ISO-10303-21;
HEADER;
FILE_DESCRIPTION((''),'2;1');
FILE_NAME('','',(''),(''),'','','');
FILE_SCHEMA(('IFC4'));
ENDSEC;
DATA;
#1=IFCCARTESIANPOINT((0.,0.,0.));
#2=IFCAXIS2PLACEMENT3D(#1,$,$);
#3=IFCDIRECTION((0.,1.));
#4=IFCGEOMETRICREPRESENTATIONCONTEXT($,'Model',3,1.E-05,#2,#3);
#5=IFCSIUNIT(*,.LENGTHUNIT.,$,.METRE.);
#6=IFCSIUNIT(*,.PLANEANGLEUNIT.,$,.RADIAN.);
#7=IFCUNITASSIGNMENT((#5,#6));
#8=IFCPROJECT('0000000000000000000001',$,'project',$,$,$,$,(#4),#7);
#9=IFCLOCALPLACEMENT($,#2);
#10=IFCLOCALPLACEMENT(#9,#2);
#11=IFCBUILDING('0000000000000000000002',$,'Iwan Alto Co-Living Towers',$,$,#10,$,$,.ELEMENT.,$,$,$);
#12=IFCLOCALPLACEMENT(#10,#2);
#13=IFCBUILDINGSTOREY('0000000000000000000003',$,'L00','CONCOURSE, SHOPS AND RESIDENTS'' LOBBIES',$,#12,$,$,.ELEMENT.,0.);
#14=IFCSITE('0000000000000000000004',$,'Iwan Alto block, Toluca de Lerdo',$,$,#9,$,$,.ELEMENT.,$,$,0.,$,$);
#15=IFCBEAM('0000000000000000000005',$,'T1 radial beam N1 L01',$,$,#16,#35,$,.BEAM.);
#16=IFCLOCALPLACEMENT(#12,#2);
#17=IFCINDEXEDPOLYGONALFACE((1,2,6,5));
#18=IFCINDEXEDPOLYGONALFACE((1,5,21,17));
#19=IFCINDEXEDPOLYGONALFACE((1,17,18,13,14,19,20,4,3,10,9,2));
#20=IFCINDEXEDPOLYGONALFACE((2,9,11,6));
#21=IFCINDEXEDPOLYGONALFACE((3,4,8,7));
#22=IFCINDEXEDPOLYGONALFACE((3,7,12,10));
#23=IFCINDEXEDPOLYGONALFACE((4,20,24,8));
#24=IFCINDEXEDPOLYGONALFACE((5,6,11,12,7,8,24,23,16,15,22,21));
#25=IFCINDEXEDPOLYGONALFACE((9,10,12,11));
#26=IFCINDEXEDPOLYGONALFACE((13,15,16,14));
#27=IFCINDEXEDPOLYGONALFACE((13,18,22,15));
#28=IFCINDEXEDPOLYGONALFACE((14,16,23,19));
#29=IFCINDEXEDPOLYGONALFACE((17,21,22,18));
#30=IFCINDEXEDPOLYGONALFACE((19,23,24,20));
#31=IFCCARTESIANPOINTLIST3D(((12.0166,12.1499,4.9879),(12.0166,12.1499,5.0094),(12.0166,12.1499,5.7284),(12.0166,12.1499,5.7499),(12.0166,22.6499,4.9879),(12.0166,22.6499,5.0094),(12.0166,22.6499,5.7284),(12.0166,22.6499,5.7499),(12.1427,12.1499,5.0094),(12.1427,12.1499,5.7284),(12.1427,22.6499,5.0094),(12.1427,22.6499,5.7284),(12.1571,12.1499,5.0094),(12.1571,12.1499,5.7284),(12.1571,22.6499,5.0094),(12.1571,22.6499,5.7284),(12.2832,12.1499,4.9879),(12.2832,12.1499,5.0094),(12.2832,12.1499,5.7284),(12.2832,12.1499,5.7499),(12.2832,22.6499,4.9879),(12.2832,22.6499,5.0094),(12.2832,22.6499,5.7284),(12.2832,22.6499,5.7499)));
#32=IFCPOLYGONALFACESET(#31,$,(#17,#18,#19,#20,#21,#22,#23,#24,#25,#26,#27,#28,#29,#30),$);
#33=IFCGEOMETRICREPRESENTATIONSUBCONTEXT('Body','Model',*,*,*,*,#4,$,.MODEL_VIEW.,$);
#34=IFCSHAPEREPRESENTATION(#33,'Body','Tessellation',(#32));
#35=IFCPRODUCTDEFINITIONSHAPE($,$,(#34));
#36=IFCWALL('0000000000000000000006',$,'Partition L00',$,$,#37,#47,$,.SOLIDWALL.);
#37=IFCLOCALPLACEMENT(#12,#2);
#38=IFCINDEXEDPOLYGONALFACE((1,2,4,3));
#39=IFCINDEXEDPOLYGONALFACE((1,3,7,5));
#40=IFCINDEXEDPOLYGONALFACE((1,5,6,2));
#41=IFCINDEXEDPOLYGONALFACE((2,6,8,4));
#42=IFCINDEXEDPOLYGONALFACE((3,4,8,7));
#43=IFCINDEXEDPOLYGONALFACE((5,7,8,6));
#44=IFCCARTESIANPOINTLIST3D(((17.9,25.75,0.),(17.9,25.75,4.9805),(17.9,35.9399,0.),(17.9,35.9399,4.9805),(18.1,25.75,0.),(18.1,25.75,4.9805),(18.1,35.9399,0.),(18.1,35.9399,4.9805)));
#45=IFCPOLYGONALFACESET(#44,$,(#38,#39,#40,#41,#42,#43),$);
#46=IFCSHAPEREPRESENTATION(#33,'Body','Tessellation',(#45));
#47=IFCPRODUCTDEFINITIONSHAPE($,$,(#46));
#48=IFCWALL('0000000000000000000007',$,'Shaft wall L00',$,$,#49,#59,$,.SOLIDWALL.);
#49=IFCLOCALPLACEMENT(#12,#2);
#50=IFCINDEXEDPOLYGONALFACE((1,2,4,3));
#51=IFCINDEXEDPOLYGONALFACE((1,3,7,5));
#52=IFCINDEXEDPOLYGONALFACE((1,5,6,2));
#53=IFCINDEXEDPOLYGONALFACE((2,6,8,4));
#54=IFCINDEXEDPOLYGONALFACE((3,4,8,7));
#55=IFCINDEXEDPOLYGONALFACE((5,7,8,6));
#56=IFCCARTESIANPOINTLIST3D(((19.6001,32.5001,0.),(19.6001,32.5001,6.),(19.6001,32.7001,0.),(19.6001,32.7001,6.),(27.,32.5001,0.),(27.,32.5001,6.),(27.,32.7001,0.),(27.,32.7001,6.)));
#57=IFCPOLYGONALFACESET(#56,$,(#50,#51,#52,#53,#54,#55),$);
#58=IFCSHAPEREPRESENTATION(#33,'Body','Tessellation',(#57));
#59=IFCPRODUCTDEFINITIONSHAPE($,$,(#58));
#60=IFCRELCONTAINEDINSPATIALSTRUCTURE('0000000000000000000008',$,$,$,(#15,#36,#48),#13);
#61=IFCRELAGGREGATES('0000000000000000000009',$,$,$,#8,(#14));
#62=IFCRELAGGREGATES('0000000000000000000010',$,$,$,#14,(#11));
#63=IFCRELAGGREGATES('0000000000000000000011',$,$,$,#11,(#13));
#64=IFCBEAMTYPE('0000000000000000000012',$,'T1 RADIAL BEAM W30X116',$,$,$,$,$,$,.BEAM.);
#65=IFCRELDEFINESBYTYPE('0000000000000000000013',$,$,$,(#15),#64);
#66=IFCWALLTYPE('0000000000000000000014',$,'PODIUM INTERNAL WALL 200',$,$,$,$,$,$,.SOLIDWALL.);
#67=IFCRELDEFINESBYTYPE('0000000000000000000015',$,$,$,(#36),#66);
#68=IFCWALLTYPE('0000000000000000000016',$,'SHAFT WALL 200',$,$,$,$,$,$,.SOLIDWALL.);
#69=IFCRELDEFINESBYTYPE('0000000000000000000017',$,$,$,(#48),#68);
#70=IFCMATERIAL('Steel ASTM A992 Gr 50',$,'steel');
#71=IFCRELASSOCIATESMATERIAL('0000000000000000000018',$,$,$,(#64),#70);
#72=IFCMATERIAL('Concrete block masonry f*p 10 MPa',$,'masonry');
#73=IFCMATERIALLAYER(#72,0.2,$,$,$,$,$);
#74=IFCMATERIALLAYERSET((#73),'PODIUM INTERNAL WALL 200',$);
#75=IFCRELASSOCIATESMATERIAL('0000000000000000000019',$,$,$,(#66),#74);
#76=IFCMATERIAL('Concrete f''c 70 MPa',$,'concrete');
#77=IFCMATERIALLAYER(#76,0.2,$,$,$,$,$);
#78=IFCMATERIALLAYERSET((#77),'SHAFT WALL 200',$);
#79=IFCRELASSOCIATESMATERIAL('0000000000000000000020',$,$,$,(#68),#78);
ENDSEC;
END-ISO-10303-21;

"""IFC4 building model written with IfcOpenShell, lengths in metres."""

from ifc_helpers import new_model, si_unit, direction, frame, frame_2d, origin, origin_2d, place, context, subcontext, project, spatial, rectangle, i_section, extrude, material, layer, layer_set, material_profile, profile_set, type_object, element, save


model = new_model("IFC4")

# Units and contexts
model_context = context("Model", 3, precision=1e-05, world=origin(), true_north=direction((0.0, 1.0)))
body_context = subcontext(model_context, "Body", "Model", "MODEL_VIEW")
ifc_project = project(units=[si_unit("LENGTHUNIT", "METRE"), si_unit("PLANEANGLEUNIT", "RADIAN")], contexts=[model_context])

# Site, building, storey
site_placement = place(None, origin())
site = spatial("IfcSite", under=ifc_project, at=site_placement, Name="Iwan Alto block, Toluca de Lerdo", CompositionType="ELEMENT", RefElevation=0.0)
building_placement = place(site_placement, origin())
building = spatial("IfcBuilding", under=site, at=building_placement, Name="Iwan Alto Co-Living Towers", CompositionType="ELEMENT")
storey_placement = place(building_placement, origin())
storey = spatial("IfcBuildingStorey", under=building, at=storey_placement, Name="L00", Description="CONCOURSE, SHOPS AND RESIDENTS' LOBBIES", CompositionType="ELEMENT", Elevation=0.0)

# Beam
ifc_material_1 = material(Name="Steel ASTM A992 Gr 50", Category="steel")
ifc_material_profile_1 = material_profile(ifc_material_1, i_section(OverallWidth=0.2666, OverallDepth=0.762, WebThickness=0.0144, FlangeThickness=0.0215, at=origin_2d()), Name="W30X116")
ifc_profile_set_1 = profile_set([ifc_material_profile_1], Name="Steel ASTM A992 Gr 50")
beam_type_1 = type_object("IfcBeamType", Name="T1 RADIAL BEAM W30X116", PredefinedType="BEAM", material=ifc_profile_set_1)
beam_1_placement = place(storey_placement, frame((12.1499, 22.6499, 5.3689), z_axis=(0.0, -1.0, 0.0), x_axis=(1.0, 0.0, 0.0)))
element("IfcBeam", 1, at=beam_1_placement, inside=storey, type_object=beam_type_1, Name="T1 radial beam N1 L01", PredefinedType="BEAM", context=body_context, shape_type="SweptSolid", body=[
    extrude(i_section(OverallWidth=0.2666, OverallDepth=0.762, WebThickness=0.0144, FlangeThickness=0.0215, at=origin_2d()), origin(), (0.0, 0.0, 1.0), 10.5),
])

# Walls
ifc_material_2 = material(Name="Concrete block masonry f*p 10 MPa", Category="masonry")
ifc_layer_1 = layer(ifc_material_2, 0.2)
ifc_layer_set_1 = layer_set([ifc_layer_1], Name="PODIUM INTERNAL WALL 200")
wall_type_1 = type_object("IfcWallType", Name="PODIUM INTERNAL WALL 200", PredefinedType="SOLIDWALL", material=ifc_layer_set_1)
wall_1_placement = place(storey_placement, frame((18.0, 25.75, 0.0), z_axis=(0.0, 0.0, 1.0), x_axis=(0.0, 1.0, 0.0)))
element("IfcWall", 2, at=wall_1_placement, inside=storey, type_object=wall_type_1, Name="Partition L00", PredefinedType="SOLIDWALL", context=body_context, shape_type="SweptSolid", body=[
    extrude(rectangle(XDim=10.1899, YDim=0.2, at=frame_2d((5.095, 0.0))), origin(), (0.0, 0.0, 1.0), 4.9805),
])
ifc_material_3 = material(Name="Concrete f'c 70 MPa", Category="concrete")
ifc_layer_2 = layer(ifc_material_3, 0.2)
ifc_layer_set_2 = layer_set([ifc_layer_2], Name="SHAFT WALL 200")
wall_type_2 = type_object("IfcWallType", Name="SHAFT WALL 200", PredefinedType="SOLIDWALL", material=ifc_layer_set_2)
wall_2_placement = place(storey_placement, frame((19.6001, 32.6001, 0.0), z_axis=(0.0, 0.0, 1.0), x_axis=(1.0, 0.0, 0.0)))
element("IfcWall", 3, at=wall_2_placement, inside=storey, type_object=wall_type_2, Name="Shaft wall L00", PredefinedType="SOLIDWALL", context=body_context, shape_type="SweptSolid", body=[
    extrude(rectangle(XDim=7.3999, YDim=0.2, at=frame_2d((3.7, 0.0))), origin(), (0.0, 0.0, 1.0), 6.0),
])

save(model, "model.ifc")
